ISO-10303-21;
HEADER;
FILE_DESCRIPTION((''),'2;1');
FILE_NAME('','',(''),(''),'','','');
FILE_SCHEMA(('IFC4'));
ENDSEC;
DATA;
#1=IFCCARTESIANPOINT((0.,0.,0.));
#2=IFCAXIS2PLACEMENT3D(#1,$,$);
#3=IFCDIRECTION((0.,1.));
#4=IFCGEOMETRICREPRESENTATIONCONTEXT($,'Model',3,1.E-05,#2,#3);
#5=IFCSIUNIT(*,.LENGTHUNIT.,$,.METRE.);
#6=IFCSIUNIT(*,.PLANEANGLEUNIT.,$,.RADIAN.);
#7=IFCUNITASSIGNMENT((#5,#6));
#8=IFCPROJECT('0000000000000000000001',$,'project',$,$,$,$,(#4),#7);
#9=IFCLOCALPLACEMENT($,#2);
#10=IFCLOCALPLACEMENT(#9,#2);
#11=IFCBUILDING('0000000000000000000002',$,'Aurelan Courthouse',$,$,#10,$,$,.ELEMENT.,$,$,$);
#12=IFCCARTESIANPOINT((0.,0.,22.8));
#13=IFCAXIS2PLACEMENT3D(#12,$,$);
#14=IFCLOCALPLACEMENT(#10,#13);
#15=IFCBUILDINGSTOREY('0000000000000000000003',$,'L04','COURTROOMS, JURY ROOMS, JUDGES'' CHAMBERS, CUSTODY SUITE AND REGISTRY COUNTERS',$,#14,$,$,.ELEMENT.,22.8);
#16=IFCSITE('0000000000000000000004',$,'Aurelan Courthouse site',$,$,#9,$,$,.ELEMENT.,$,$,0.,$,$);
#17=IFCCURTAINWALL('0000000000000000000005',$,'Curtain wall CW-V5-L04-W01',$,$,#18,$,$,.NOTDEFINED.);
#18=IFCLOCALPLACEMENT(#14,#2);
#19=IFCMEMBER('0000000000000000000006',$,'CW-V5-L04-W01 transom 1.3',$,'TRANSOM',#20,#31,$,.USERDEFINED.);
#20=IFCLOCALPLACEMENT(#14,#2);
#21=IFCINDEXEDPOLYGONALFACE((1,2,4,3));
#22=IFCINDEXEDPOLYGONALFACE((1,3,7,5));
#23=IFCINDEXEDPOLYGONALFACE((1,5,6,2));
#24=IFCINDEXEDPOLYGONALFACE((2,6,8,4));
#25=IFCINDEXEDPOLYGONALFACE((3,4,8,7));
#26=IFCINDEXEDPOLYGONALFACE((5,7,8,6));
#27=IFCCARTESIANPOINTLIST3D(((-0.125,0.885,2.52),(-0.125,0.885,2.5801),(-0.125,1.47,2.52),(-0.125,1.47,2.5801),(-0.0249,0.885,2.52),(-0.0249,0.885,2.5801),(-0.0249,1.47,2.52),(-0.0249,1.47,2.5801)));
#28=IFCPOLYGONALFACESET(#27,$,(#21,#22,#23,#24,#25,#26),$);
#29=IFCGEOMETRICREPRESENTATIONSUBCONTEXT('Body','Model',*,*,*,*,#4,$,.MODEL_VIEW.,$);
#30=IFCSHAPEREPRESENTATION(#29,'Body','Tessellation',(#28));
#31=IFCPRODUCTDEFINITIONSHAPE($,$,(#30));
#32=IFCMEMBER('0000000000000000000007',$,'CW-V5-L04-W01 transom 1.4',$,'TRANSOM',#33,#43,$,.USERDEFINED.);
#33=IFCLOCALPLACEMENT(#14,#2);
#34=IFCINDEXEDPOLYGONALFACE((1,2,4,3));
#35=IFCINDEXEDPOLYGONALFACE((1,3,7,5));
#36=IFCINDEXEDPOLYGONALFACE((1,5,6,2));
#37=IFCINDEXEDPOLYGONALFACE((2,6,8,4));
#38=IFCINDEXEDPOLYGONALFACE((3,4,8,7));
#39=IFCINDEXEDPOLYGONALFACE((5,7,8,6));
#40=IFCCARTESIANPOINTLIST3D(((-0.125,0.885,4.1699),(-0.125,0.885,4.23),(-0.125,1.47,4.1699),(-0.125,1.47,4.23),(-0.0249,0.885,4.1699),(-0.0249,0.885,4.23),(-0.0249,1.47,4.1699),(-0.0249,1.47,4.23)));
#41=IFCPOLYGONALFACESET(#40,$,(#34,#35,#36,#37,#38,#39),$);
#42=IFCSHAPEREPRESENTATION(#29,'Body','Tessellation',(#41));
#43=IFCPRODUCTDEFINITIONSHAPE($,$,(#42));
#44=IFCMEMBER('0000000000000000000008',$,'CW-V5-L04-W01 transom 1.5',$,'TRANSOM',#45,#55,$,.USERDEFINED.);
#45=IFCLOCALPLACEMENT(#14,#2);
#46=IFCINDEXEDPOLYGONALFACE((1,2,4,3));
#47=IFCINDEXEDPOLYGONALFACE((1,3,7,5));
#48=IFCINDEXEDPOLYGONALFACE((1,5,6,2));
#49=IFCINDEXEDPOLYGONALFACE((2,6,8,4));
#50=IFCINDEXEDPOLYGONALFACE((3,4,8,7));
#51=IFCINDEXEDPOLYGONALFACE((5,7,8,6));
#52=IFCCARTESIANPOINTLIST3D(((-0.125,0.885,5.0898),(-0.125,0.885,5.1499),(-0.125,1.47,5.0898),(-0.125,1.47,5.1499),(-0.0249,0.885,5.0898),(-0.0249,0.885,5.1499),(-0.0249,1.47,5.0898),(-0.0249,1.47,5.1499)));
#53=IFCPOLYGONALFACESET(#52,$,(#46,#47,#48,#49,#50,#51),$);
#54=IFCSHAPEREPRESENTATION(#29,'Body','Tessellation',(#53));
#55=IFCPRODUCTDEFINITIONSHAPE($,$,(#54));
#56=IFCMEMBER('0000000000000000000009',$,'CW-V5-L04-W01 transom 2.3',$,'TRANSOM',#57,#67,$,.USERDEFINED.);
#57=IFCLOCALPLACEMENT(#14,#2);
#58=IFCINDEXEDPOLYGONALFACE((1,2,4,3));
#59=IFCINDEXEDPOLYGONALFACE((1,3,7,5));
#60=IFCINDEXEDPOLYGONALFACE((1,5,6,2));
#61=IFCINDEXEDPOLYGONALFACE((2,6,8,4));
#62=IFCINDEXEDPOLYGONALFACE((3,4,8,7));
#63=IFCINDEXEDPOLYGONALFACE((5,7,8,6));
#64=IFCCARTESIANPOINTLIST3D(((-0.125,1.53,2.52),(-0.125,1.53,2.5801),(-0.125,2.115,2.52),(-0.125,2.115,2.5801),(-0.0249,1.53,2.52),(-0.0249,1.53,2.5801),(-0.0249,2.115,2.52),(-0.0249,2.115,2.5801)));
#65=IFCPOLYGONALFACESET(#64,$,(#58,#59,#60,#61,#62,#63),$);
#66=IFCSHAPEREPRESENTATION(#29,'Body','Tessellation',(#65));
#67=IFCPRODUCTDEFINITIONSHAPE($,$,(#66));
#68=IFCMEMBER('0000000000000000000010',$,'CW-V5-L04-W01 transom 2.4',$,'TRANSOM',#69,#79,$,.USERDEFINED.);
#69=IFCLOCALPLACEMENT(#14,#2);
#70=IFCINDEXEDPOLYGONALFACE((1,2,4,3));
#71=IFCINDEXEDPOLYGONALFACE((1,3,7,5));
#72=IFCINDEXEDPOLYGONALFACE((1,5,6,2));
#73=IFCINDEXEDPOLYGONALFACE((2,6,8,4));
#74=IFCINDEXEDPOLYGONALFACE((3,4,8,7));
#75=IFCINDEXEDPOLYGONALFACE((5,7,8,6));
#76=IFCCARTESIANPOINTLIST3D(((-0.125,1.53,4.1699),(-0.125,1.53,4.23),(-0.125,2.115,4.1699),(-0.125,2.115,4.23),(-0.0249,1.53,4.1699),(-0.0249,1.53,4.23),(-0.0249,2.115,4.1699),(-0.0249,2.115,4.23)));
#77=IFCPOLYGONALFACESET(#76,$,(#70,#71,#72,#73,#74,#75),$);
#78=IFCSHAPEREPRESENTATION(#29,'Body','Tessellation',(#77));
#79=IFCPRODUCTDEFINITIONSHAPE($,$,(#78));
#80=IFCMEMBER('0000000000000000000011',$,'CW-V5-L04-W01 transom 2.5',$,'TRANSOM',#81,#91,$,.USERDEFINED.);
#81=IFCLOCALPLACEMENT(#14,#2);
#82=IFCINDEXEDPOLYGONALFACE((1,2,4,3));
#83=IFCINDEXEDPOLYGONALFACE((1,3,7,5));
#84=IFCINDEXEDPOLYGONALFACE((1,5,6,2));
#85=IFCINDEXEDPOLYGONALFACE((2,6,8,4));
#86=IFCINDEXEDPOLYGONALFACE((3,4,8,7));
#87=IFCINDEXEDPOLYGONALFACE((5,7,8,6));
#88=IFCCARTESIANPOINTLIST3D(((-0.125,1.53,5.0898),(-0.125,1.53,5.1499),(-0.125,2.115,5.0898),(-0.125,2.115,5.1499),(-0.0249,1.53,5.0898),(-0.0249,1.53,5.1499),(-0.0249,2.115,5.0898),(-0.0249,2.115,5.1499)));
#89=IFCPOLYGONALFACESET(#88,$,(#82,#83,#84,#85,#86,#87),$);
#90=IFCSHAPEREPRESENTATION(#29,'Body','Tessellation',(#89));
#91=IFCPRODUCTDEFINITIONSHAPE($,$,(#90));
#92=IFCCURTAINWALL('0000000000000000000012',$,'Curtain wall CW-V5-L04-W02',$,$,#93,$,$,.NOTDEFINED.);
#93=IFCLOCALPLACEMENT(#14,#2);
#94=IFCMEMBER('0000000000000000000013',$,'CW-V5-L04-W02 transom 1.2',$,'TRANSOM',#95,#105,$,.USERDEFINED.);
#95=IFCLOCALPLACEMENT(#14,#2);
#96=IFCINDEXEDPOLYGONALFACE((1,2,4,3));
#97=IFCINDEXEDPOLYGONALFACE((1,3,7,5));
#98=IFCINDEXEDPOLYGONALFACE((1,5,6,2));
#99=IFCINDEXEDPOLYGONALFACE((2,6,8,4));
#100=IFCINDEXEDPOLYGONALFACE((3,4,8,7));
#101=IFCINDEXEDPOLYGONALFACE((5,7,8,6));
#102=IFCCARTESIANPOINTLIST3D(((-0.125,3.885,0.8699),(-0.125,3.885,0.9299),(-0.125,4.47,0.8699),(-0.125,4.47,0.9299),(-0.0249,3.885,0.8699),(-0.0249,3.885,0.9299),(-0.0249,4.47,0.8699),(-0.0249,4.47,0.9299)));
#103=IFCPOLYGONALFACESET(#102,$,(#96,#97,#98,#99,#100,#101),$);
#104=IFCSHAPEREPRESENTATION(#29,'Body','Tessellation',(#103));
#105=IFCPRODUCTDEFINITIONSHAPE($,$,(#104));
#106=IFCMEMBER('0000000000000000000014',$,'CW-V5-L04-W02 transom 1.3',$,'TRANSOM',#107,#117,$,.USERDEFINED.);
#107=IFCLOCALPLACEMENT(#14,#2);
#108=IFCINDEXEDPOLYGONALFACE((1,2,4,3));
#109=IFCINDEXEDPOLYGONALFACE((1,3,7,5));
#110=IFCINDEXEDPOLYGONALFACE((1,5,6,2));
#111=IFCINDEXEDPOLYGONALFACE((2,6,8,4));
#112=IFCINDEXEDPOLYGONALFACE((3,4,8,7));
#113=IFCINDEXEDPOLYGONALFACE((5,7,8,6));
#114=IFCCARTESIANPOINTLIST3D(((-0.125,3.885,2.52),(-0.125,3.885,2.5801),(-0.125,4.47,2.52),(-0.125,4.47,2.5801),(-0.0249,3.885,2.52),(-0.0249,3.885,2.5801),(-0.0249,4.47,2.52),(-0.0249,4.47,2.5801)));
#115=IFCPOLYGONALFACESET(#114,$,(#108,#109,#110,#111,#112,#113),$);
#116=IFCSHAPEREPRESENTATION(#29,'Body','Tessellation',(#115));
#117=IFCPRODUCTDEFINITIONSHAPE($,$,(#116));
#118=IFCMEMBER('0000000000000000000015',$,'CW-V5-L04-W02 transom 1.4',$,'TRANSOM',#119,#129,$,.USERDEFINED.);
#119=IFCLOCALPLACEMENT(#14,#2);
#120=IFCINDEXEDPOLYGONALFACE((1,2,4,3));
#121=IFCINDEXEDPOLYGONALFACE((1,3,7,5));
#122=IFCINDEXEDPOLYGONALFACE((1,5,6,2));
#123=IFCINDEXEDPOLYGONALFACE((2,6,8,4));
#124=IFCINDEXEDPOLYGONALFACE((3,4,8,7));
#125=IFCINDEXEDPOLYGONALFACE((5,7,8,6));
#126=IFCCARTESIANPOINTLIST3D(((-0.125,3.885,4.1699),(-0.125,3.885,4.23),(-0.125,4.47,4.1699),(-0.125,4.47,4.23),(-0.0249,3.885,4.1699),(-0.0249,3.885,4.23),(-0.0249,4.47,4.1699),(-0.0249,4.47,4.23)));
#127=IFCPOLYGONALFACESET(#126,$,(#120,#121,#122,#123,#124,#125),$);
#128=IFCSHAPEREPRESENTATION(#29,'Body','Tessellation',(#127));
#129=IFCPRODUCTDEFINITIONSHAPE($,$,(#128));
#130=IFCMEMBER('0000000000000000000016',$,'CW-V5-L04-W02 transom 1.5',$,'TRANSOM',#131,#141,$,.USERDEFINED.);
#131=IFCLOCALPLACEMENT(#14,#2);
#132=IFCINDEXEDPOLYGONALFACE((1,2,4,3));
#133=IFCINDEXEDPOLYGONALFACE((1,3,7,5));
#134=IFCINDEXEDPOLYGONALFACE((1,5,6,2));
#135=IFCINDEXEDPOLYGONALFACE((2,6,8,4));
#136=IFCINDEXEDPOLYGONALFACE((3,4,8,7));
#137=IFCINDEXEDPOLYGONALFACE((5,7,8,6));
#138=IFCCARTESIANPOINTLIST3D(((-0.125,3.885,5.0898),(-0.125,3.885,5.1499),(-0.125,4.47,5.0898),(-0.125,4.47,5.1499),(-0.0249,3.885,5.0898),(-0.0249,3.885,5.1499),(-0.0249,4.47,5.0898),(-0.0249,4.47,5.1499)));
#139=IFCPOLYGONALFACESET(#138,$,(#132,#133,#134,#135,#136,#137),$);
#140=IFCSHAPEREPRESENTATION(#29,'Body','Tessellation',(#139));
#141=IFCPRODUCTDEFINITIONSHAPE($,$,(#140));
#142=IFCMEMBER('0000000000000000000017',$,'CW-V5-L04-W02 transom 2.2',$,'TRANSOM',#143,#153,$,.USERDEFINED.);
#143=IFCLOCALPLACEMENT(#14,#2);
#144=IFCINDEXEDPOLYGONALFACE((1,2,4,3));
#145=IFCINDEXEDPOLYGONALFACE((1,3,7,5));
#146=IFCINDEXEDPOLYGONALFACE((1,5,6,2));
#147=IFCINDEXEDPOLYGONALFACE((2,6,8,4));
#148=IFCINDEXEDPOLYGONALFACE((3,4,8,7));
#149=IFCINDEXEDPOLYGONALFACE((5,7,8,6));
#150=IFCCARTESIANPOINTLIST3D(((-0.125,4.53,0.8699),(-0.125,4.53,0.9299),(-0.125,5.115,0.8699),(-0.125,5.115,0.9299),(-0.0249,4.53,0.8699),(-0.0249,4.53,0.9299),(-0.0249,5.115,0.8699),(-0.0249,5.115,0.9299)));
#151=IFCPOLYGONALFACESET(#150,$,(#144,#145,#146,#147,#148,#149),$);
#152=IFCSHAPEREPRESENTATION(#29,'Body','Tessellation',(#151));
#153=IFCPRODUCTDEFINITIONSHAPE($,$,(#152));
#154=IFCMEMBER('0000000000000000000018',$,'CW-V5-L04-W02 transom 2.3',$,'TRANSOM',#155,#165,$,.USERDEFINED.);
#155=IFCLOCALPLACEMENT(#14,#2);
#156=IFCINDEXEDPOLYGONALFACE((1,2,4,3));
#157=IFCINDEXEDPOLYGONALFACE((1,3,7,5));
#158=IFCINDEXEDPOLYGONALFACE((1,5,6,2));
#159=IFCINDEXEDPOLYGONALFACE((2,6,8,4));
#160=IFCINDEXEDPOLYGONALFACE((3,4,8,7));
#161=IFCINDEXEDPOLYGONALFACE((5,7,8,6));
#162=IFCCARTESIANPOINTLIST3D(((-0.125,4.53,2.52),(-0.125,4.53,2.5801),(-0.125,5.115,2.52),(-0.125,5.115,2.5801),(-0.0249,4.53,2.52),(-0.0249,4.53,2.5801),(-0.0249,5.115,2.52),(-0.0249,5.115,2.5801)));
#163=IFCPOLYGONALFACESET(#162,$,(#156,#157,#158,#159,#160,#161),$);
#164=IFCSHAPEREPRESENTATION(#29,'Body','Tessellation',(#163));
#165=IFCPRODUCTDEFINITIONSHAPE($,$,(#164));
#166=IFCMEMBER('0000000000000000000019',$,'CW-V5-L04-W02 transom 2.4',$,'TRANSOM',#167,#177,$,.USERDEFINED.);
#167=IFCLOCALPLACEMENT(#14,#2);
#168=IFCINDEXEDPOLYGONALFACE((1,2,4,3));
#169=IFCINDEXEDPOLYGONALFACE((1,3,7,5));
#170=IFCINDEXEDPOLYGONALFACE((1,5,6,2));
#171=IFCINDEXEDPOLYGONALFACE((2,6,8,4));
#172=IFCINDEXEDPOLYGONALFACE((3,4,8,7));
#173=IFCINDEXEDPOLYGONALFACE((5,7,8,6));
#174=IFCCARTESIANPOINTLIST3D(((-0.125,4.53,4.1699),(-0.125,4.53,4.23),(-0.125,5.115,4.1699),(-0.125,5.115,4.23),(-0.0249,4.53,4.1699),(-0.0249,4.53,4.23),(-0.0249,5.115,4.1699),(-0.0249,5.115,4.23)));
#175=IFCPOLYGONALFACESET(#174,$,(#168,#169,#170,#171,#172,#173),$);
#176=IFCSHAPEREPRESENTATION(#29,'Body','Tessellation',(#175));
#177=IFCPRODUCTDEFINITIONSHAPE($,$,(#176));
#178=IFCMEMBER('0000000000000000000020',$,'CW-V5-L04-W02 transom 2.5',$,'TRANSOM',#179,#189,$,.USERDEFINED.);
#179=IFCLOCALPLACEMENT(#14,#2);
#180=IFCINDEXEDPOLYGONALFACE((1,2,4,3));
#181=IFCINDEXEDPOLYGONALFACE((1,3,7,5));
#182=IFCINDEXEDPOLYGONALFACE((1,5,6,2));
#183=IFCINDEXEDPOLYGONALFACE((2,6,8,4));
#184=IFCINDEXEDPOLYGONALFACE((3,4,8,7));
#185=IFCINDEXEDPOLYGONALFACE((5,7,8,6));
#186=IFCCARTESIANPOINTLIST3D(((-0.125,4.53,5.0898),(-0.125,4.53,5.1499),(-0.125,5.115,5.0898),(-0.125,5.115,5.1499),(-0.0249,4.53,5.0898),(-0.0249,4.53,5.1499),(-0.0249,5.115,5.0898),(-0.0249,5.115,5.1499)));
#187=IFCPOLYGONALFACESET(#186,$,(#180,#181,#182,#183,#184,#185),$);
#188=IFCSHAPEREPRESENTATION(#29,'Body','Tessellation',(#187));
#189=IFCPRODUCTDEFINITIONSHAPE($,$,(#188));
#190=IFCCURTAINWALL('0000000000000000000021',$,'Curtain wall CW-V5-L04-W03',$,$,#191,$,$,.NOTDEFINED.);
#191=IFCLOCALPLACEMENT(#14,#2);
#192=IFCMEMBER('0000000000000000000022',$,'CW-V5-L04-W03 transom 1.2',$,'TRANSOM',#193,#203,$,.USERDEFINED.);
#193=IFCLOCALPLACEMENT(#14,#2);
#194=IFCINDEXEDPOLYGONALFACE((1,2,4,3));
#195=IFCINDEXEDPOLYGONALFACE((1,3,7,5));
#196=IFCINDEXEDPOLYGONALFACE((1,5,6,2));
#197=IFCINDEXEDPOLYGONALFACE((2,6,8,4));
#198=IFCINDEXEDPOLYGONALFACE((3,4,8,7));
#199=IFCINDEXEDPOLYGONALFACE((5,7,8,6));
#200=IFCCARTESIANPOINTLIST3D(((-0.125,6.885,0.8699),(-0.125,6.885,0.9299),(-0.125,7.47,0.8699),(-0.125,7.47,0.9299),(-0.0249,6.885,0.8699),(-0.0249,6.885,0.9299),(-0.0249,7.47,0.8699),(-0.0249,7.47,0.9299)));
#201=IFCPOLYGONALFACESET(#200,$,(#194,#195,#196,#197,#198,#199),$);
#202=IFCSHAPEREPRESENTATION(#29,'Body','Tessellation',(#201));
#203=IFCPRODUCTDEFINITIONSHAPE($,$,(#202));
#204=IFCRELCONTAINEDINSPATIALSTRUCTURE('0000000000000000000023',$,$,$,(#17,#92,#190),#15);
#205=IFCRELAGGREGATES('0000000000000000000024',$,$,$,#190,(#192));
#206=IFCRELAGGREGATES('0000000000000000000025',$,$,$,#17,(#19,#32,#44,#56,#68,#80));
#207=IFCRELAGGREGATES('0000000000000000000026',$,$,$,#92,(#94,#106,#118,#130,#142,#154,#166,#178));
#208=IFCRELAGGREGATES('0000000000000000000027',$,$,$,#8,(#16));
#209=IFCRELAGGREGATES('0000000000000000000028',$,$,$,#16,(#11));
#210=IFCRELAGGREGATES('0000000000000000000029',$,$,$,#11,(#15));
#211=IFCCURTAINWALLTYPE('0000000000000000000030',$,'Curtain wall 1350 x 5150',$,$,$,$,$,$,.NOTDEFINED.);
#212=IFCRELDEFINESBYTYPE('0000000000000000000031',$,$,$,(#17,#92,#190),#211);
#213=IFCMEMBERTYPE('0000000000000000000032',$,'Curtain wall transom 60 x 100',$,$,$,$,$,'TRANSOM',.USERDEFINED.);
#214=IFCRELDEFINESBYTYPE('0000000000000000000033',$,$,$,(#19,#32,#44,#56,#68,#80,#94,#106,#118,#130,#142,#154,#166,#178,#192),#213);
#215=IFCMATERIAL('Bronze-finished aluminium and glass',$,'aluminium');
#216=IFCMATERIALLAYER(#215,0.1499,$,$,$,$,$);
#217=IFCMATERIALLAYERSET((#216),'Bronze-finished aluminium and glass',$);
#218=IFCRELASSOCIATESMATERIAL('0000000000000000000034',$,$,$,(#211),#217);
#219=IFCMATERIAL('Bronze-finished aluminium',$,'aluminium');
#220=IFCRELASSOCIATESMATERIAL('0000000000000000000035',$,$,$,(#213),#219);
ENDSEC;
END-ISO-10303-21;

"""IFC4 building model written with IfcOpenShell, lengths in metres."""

from ifc_helpers import new_model, si_unit, direction, frame, origin, origin_2d, place, context, subcontext, project, spatial, rectangle, extrude, material, layer, layer_set, material_profile, profile_set, type_object, element, aggregate, save


model = new_model("IFC4")

# Units and contexts
model_context = context("Model", 3, precision=1e-05, world=origin(), true_north=direction((0.0, 1.0)))
body_context = subcontext(model_context, "Body", "Model", "MODEL_VIEW")
ifc_project = project(units=[si_unit("LENGTHUNIT", "METRE"), si_unit("PLANEANGLEUNIT", "RADIAN")], contexts=[model_context])

# Site, building, storey
site_placement = place(None, origin())
site = spatial("IfcSite", under=ifc_project, at=site_placement, Name="Aurelan Courthouse site", CompositionType="ELEMENT", RefElevation=0.0)
building_placement = place(site_placement, origin())
building = spatial("IfcBuilding", under=site, at=building_placement, Name="Aurelan Courthouse", CompositionType="ELEMENT")
storey_placement = place(building_placement, frame((0.0, 0.0, 22.8)))
storey = spatial("IfcBuildingStorey", under=building, at=storey_placement, Name="L04", Description="COURTROOMS, JURY ROOMS, JUDGES' CHAMBERS, CUSTODY SUITE AND REGISTRY COUNTERS", CompositionType="ELEMENT", Elevation=22.8)

# Curtain walls, members
ifc_material_1 = material(Name="Bronze-finished aluminium and glass", Category="aluminium")
ifc_layer_1 = layer(ifc_material_1, 0.1499)
ifc_layer_set_1 = layer_set([ifc_layer_1], Name="Bronze-finished aluminium and glass")
curtain_wall_type = type_object("IfcCurtainWallType", Name="Curtain wall 1350 x 5150", PredefinedType="NOTDEFINED", material=ifc_layer_set_1)
curtain_wall_1_placement = place(storey_placement, origin())
curtain_wall_1 = element("IfcCurtainWall", 1, at=curtain_wall_1_placement, inside=storey, type_object=curtain_wall_type, Name="Curtain wall CW-V5-L04-W01", PredefinedType="NOTDEFINED")
ifc_material_2 = material(Name="Bronze-finished aluminium", Category="aluminium")
ifc_material_profile = material_profile(ifc_material_2, rectangle(XDim=0.1001, YDim=0.0601, at=origin_2d()), Name="Bronze transom 60 x 100")
ifc_profile_set = profile_set([ifc_material_profile], Name="Bronze-finished aluminium")
member_type = type_object("IfcMemberType", Name="Curtain wall transom 60 x 100", ElementType="TRANSOM", PredefinedType="USERDEFINED", material=ifc_profile_set)
member_1_placement = place(storey_placement, frame((-0.075, 0.885, 2.55), z_axis=(0.0, 1.0, 0.0), x_axis=(-1.0, 0.0, 0.0)))
member_1 = element("IfcMember", 2, at=member_1_placement, type_object=member_type, Name="CW-V5-L04-W01 transom 1.3", ObjectType="TRANSOM", PredefinedType="USERDEFINED", context=body_context, shape_type="SweptSolid", body=[
    extrude(rectangle(XDim=0.1001, YDim=0.0601, at=origin_2d()), origin(), (0.0, 0.0, 1.0), 0.585),
])
member_2_placement = place(storey_placement, frame((-0.075, 0.885, 4.2), z_axis=(0.0, 1.0, 0.0), x_axis=(-1.0, 0.0, 0.0)))
member_2 = element("IfcMember", 3, at=member_2_placement, type_object=member_type, Name="CW-V5-L04-W01 transom 1.4", ObjectType="TRANSOM", PredefinedType="USERDEFINED", context=body_context, shape_type="SweptSolid", body=[
    extrude(rectangle(XDim=0.1001, YDim=0.0601, at=origin_2d()), origin(), (0.0, 0.0, 1.0), 0.585),
])
member_3_placement = place(storey_placement, frame((-0.075, 0.885, 5.1199), z_axis=(0.0, 1.0, 0.0), x_axis=(-1.0, 0.0, 0.0)))
member_3 = element("IfcMember", 4, at=member_3_placement, type_object=member_type, Name="CW-V5-L04-W01 transom 1.5", ObjectType="TRANSOM", PredefinedType="USERDEFINED", context=body_context, shape_type="SweptSolid", body=[
    extrude(rectangle(XDim=0.1001, YDim=0.0601, at=origin_2d()), origin(), (0.0, 0.0, 1.0), 0.585),
])
member_4_placement = place(storey_placement, frame((-0.075, 1.53, 2.55), z_axis=(0.0, 1.0, 0.0), x_axis=(-1.0, 0.0, 0.0)))
member_4 = element("IfcMember", 5, at=member_4_placement, type_object=member_type, Name="CW-V5-L04-W01 transom 2.3", ObjectType="TRANSOM", PredefinedType="USERDEFINED", context=body_context, shape_type="SweptSolid", body=[
    extrude(rectangle(XDim=0.1001, YDim=0.0601, at=origin_2d()), origin(), (0.0, 0.0, 1.0), 0.585),
])
member_5_placement = place(storey_placement, frame((-0.075, 1.53, 4.2), z_axis=(0.0, 1.0, 0.0), x_axis=(-1.0, 0.0, 0.0)))
member_5 = element("IfcMember", 6, at=member_5_placement, type_object=member_type, Name="CW-V5-L04-W01 transom 2.4", ObjectType="TRANSOM", PredefinedType="USERDEFINED", context=body_context, shape_type="SweptSolid", body=[
    extrude(rectangle(XDim=0.1001, YDim=0.0601, at=origin_2d()), origin(), (0.0, 0.0, 1.0), 0.585),
])
member_6_placement = place(storey_placement, frame((-0.075, 1.53, 5.1199), z_axis=(0.0, 1.0, 0.0), x_axis=(-1.0, 0.0, 0.0)))
member_6 = element("IfcMember", 7, at=member_6_placement, type_object=member_type, Name="CW-V5-L04-W01 transom 2.5", ObjectType="TRANSOM", PredefinedType="USERDEFINED", context=body_context, shape_type="SweptSolid", body=[
    extrude(rectangle(XDim=0.1001, YDim=0.0601, at=origin_2d()), origin(), (0.0, 0.0, 1.0), 0.585),
])
curtain_wall_2_placement = place(storey_placement, origin())
curtain_wall_2 = element("IfcCurtainWall", 8, at=curtain_wall_2_placement, inside=storey, type_object=curtain_wall_type, Name="Curtain wall CW-V5-L04-W02", PredefinedType="NOTDEFINED")
member_7_placement = place(storey_placement, frame((-0.075, 3.885, 0.8999), z_axis=(0.0, 1.0, 0.0), x_axis=(-1.0, 0.0, 0.0)))
member_7 = element("IfcMember", 9, at=member_7_placement, type_object=member_type, Name="CW-V5-L04-W02 transom 1.2", ObjectType="TRANSOM", PredefinedType="USERDEFINED", context=body_context, shape_type="SweptSolid", body=[
    extrude(rectangle(XDim=0.1001, YDim=0.0601, at=origin_2d()), origin(), (0.0, 0.0, 1.0), 0.585),
])
member_8_placement = place(storey_placement, frame((-0.075, 3.885, 2.55), z_axis=(0.0, 1.0, 0.0), x_axis=(-1.0, 0.0, 0.0)))
member_8 = element("IfcMember", 10, at=member_8_placement, type_object=member_type, Name="CW-V5-L04-W02 transom 1.3", ObjectType="TRANSOM", PredefinedType="USERDEFINED", context=body_context, shape_type="SweptSolid", body=[
    extrude(rectangle(XDim=0.1001, YDim=0.0601, at=origin_2d()), origin(), (0.0, 0.0, 1.0), 0.585),
])
member_9_placement = place(storey_placement, frame((-0.075, 3.885, 4.2), z_axis=(0.0, 1.0, 0.0), x_axis=(-1.0, 0.0, 0.0)))
member_9 = element("IfcMember", 11, at=member_9_placement, type_object=member_type, Name="CW-V5-L04-W02 transom 1.4", ObjectType="TRANSOM", PredefinedType="USERDEFINED", context=body_context, shape_type="SweptSolid", body=[
    extrude(rectangle(XDim=0.1001, YDim=0.0601, at=origin_2d()), origin(), (0.0, 0.0, 1.0), 0.585),
])
member_10_placement = place(storey_placement, frame((-0.075, 3.885, 5.1199), z_axis=(0.0, 1.0, 0.0), x_axis=(-1.0, 0.0, 0.0)))
member_10 = element("IfcMember", 12, at=member_10_placement, type_object=member_type, Name="CW-V5-L04-W02 transom 1.5", ObjectType="TRANSOM", PredefinedType="USERDEFINED", context=body_context, shape_type="SweptSolid", body=[
    extrude(rectangle(XDim=0.1001, YDim=0.0601, at=origin_2d()), origin(), (0.0, 0.0, 1.0), 0.585),
])
member_11_placement = place(storey_placement, frame((-0.075, 4.53, 0.8999), z_axis=(0.0, 1.0, 0.0), x_axis=(-1.0, 0.0, 0.0)))
member_11 = element("IfcMember", 13, at=member_11_placement, type_object=member_type, Name="CW-V5-L04-W02 transom 2.2", ObjectType="TRANSOM", PredefinedType="USERDEFINED", context=body_context, shape_type="SweptSolid", body=[
    extrude(rectangle(XDim=0.1001, YDim=0.0601, at=origin_2d()), origin(), (0.0, 0.0, 1.0), 0.585),
])
member_12_placement = place(storey_placement, frame((-0.075, 4.53, 2.55), z_axis=(0.0, 1.0, 0.0), x_axis=(-1.0, 0.0, 0.0)))
member_12 = element("IfcMember", 14, at=member_12_placement, type_object=member_type, Name="CW-V5-L04-W02 transom 2.3", ObjectType="TRANSOM", PredefinedType="USERDEFINED", context=body_context, shape_type="SweptSolid", body=[
    extrude(rectangle(XDim=0.1001, YDim=0.0601, at=origin_2d()), origin(), (0.0, 0.0, 1.0), 0.585),
])
member_13_placement = place(storey_placement, frame((-0.075, 4.53, 4.2), z_axis=(0.0, 1.0, 0.0), x_axis=(-1.0, 0.0, 0.0)))
member_13 = element("IfcMember", 15, at=member_13_placement, type_object=member_type, Name="CW-V5-L04-W02 transom 2.4", ObjectType="TRANSOM", PredefinedType="USERDEFINED", context=body_context, shape_type="SweptSolid", body=[
    extrude(rectangle(XDim=0.1001, YDim=0.0601, at=origin_2d()), origin(), (0.0, 0.0, 1.0), 0.585),
])
member_14_placement = place(storey_placement, frame((-0.075, 4.53, 5.1199), z_axis=(0.0, 1.0, 0.0), x_axis=(-1.0, 0.0, 0.0)))
member_14 = element("IfcMember", 16, at=member_14_placement, type_object=member_type, Name="CW-V5-L04-W02 transom 2.5", ObjectType="TRANSOM", PredefinedType="USERDEFINED", context=body_context, shape_type="SweptSolid", body=[
    extrude(rectangle(XDim=0.1001, YDim=0.0601, at=origin_2d()), origin(), (0.0, 0.0, 1.0), 0.585),
])
curtain_wall_3_placement = place(storey_placement, origin())
curtain_wall_3 = element("IfcCurtainWall", 17, at=curtain_wall_3_placement, inside=storey, type_object=curtain_wall_type, Name="Curtain wall CW-V5-L04-W03", PredefinedType="NOTDEFINED")
member_15_placement = place(storey_placement, frame((-0.075, 6.885, 0.8999), z_axis=(0.0, 1.0, 0.0), x_axis=(-1.0, 0.0, 0.0)))
member_15 = element("IfcMember", 18, at=member_15_placement, type_object=member_type, Name="CW-V5-L04-W03 transom 1.2", ObjectType="TRANSOM", PredefinedType="USERDEFINED", context=body_context, shape_type="SweptSolid", body=[
    extrude(rectangle(XDim=0.1001, YDim=0.0601, at=origin_2d()), origin(), (0.0, 0.0, 1.0), 0.585),
])
aggregate(curtain_wall_3, [member_15])

aggregate(curtain_wall_1, [member_1, member_2, member_3, member_4, member_5, member_6])
aggregate(curtain_wall_2, [member_7, member_8, member_9, member_10, member_11, member_12, member_13, member_14])

save(model, "model.ifc")
